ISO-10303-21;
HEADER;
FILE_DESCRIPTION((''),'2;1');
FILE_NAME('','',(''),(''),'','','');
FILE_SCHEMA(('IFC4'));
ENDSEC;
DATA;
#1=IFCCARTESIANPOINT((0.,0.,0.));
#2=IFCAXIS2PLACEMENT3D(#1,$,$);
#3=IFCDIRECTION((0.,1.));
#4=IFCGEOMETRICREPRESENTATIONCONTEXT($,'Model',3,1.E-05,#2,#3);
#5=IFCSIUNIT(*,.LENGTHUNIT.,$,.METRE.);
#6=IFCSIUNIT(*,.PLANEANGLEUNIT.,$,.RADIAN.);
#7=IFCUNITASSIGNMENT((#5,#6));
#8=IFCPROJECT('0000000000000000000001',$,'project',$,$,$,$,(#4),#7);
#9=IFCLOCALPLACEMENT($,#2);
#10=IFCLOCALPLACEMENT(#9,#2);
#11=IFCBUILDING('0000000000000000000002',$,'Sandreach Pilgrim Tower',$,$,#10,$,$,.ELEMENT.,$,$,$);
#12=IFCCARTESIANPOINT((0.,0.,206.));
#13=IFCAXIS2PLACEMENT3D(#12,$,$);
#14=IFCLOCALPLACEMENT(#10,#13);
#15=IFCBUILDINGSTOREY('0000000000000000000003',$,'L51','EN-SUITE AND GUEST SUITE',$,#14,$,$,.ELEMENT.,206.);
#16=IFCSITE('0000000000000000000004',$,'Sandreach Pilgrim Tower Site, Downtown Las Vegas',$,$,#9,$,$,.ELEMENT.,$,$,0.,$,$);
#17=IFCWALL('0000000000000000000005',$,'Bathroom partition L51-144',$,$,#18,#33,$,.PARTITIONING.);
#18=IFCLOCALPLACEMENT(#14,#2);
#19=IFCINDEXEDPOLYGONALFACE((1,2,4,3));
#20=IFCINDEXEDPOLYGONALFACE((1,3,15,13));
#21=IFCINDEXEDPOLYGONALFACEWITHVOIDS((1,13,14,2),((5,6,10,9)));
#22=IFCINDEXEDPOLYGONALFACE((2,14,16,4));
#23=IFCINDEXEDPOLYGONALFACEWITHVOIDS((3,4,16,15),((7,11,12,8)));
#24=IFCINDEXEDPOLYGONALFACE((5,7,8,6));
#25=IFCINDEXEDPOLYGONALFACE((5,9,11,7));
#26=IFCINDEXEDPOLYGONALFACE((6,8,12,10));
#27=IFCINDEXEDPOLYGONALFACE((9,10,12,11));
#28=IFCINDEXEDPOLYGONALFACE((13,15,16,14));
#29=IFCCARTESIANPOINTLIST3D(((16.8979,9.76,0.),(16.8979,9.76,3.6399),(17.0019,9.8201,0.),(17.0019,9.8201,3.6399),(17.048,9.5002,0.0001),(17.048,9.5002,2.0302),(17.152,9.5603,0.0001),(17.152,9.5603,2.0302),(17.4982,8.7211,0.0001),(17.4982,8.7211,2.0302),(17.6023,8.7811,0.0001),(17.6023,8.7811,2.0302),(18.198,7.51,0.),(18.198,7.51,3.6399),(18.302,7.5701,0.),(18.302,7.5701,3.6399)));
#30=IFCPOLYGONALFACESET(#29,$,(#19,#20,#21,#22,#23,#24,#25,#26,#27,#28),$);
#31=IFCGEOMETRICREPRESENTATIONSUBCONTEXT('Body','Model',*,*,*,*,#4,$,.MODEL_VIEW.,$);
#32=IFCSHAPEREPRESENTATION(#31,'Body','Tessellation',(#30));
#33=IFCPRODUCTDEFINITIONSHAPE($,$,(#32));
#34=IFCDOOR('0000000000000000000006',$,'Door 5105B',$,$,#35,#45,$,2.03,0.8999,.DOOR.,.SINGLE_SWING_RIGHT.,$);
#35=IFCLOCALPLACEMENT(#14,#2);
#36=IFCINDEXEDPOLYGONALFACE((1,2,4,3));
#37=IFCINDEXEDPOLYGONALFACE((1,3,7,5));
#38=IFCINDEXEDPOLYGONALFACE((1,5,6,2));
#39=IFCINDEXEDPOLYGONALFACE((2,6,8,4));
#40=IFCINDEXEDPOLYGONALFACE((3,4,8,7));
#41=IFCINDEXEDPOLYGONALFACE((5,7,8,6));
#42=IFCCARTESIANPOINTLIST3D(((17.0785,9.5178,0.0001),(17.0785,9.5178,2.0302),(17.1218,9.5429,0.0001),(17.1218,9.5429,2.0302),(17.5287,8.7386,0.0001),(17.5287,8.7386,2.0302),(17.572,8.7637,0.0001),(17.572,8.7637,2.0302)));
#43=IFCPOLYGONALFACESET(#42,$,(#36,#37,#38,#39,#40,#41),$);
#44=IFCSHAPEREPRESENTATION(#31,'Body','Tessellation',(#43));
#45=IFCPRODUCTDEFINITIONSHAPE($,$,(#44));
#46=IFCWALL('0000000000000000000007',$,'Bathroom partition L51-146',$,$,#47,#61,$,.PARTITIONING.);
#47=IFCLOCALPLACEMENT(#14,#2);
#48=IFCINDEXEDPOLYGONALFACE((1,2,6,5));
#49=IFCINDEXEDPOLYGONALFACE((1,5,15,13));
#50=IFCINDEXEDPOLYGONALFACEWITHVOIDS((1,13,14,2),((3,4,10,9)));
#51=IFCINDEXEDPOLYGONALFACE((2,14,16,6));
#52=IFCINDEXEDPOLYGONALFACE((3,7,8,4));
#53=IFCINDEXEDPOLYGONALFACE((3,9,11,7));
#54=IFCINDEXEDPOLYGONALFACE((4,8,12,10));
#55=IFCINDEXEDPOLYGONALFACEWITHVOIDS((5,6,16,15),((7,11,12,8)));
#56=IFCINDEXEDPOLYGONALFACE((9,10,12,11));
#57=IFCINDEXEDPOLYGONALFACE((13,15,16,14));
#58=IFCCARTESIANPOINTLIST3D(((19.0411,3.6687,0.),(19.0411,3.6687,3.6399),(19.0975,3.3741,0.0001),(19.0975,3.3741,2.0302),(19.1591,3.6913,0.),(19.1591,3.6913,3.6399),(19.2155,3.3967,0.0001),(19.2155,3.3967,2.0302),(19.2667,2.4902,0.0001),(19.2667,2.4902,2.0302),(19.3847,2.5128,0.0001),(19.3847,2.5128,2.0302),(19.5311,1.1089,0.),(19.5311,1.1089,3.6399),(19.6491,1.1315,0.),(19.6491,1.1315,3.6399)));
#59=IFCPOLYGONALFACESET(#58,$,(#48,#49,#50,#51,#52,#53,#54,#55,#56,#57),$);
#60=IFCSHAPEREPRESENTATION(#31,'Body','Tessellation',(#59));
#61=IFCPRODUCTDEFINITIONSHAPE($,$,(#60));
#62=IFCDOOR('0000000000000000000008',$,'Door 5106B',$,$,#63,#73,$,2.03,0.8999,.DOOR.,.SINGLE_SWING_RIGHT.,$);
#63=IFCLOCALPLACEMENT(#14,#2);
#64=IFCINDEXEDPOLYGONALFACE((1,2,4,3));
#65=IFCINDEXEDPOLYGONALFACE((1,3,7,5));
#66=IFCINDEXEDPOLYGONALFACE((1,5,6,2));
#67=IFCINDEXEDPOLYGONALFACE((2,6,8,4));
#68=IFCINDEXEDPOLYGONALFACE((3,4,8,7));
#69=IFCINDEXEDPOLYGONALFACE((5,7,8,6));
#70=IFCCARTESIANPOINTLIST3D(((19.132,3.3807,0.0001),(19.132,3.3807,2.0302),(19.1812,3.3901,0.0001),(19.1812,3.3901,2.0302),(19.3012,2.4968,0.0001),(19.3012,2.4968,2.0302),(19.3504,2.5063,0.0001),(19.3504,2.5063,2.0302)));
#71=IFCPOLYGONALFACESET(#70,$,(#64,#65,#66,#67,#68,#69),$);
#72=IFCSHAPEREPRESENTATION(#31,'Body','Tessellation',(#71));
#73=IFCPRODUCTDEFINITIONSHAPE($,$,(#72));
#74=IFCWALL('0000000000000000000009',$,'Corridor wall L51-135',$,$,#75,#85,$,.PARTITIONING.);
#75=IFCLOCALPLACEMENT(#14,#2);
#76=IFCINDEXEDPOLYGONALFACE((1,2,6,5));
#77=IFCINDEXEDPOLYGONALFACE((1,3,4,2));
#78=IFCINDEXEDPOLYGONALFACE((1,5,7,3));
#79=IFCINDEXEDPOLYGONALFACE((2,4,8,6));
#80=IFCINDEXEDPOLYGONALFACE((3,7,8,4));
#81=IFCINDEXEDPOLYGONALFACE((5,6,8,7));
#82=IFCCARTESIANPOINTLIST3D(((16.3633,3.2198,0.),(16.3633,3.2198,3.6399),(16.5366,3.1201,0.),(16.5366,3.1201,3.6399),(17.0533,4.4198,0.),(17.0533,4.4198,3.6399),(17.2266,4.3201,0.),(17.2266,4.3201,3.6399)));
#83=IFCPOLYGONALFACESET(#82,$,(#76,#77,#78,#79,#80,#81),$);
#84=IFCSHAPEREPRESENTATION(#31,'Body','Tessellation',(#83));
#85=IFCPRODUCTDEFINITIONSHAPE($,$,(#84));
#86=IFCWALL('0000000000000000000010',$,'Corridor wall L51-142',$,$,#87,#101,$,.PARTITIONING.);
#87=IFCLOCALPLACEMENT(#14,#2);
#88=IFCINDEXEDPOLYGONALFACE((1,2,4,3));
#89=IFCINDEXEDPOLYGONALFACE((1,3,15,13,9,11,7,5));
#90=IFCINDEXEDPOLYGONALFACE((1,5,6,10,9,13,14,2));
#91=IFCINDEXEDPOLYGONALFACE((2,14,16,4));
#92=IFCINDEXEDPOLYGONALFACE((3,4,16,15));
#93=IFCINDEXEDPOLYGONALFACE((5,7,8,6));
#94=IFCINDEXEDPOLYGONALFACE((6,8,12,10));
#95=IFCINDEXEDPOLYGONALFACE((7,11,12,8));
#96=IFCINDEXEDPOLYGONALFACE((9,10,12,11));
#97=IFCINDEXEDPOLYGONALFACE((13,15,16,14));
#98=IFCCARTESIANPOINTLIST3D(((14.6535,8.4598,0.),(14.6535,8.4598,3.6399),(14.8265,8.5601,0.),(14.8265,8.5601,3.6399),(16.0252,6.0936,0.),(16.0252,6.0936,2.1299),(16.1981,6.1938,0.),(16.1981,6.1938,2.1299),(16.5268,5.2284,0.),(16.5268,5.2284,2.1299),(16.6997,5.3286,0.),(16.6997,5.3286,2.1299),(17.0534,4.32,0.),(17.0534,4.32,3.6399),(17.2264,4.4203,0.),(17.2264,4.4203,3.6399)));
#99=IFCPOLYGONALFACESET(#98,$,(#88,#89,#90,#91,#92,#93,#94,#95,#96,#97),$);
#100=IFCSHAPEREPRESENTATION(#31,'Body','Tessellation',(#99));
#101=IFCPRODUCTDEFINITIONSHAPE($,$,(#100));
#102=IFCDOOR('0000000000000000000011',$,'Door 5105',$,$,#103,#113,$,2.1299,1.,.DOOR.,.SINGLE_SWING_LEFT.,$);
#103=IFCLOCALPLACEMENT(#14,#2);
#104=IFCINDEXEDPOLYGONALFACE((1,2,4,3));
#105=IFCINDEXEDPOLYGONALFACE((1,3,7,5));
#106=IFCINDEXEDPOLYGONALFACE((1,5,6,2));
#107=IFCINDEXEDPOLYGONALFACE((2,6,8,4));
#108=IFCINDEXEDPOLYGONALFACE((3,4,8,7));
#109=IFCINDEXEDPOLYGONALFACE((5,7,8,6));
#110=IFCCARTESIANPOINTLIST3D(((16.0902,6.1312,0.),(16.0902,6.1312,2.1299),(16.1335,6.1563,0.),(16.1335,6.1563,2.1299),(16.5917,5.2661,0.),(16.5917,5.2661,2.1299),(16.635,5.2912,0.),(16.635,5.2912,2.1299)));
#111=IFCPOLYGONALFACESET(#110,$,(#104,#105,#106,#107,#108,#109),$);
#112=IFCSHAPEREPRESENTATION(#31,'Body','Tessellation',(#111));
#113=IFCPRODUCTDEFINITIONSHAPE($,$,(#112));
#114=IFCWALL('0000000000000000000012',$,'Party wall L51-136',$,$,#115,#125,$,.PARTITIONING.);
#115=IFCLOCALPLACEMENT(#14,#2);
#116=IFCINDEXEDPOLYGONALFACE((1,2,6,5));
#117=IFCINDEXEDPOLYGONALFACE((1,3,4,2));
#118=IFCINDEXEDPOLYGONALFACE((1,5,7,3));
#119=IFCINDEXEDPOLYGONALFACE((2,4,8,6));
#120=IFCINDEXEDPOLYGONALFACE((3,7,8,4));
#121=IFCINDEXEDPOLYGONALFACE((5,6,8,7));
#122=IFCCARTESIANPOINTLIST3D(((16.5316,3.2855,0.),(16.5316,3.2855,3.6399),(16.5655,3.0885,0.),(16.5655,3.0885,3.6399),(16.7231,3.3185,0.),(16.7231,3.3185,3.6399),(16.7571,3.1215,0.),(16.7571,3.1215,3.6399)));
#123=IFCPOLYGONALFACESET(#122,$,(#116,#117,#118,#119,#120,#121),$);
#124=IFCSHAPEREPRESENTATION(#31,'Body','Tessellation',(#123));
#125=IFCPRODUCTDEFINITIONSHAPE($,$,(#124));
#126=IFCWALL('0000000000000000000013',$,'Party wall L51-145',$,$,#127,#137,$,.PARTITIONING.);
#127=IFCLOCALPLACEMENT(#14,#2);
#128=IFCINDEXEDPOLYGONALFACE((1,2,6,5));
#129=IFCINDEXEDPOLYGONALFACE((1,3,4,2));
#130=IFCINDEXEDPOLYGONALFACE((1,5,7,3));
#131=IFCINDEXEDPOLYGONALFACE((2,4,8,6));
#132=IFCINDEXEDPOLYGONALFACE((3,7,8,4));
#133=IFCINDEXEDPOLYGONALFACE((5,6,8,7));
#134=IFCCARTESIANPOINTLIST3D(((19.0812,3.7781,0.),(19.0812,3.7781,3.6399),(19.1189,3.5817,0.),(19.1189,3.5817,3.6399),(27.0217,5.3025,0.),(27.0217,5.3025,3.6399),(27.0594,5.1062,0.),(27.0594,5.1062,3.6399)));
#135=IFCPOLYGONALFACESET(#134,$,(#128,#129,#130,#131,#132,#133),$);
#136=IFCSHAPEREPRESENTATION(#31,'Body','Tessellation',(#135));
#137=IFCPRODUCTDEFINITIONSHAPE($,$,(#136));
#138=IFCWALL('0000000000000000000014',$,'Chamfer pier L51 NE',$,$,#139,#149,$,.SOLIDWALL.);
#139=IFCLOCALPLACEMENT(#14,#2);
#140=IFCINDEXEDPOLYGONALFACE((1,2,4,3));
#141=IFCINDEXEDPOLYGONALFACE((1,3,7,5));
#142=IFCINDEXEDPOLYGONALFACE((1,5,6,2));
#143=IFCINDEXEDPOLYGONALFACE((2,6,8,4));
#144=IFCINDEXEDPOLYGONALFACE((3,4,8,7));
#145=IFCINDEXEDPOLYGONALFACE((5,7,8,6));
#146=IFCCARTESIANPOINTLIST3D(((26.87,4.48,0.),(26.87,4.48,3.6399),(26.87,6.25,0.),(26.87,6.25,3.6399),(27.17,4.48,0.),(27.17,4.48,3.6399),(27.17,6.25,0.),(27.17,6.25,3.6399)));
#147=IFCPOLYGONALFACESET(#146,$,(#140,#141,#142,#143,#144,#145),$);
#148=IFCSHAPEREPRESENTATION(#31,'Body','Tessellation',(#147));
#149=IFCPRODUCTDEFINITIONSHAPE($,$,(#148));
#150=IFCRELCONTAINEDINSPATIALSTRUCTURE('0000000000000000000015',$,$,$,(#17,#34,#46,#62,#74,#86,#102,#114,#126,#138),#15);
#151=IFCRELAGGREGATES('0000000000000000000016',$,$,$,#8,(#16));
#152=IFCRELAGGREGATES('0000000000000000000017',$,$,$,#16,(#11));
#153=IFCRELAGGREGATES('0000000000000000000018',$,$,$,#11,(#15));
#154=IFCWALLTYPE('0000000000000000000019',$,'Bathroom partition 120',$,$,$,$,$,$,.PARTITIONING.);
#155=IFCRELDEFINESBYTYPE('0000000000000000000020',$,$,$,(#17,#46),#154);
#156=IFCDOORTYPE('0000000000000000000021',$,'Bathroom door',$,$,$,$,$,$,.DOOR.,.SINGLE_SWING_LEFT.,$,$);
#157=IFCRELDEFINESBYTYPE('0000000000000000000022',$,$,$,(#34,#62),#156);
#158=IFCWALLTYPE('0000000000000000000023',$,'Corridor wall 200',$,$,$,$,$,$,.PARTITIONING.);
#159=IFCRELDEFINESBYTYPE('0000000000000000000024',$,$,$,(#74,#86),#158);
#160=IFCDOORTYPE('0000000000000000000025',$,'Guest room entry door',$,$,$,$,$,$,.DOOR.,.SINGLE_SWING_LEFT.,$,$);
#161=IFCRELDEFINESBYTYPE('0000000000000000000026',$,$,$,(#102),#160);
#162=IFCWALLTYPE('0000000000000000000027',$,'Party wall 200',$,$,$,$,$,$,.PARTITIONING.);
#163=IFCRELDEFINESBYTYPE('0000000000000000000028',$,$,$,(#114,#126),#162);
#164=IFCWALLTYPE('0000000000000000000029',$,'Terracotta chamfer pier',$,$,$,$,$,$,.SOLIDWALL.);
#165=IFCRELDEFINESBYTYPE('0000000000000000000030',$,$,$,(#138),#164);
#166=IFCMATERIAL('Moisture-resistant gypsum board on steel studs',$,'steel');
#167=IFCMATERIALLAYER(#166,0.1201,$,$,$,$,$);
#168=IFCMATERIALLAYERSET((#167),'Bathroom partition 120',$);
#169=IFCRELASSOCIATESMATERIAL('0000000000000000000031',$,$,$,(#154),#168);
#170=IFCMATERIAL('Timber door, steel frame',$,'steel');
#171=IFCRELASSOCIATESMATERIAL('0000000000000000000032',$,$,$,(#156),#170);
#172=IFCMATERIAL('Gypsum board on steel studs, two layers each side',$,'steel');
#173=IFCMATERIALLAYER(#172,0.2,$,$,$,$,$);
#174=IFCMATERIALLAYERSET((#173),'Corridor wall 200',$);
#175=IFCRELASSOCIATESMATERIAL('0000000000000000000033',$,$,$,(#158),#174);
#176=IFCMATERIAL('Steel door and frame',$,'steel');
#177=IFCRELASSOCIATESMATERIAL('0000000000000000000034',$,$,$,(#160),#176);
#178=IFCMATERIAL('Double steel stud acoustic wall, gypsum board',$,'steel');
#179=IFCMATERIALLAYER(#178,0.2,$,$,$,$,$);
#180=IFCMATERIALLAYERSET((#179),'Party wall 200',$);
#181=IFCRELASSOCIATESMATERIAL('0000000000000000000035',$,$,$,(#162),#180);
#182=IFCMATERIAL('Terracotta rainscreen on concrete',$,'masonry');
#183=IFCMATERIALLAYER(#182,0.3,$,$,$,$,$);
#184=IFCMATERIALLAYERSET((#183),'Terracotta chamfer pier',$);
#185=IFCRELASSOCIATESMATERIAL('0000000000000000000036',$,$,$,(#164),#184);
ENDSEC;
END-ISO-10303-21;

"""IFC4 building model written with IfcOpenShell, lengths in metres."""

from ifc_helpers import new_model, si_unit, direction, frame, frame_2d, origin, place, context, subcontext, project, spatial, rectangle, extrude, material, layer, layer_set, type_object, element, fill, save


model = new_model("IFC4")

# Units and contexts
model_context = context("Model", 3, precision=1e-05, world=origin(), true_north=direction((0.0, 1.0)))
body_context = subcontext(model_context, "Body", "Model", "MODEL_VIEW")
ifc_project = project(units=[si_unit("LENGTHUNIT", "METRE"), si_unit("PLANEANGLEUNIT", "RADIAN")], contexts=[model_context])

# Site, building, storey
site_placement = place(None, origin())
site = spatial("IfcSite", under=ifc_project, at=site_placement, Name="Sandreach Pilgrim Tower Site, Downtown Las Vegas", CompositionType="ELEMENT", RefElevation=0.0)
building_placement = place(site_placement, origin())
building = spatial("IfcBuilding", under=site, at=building_placement, Name="Sandreach Pilgrim Tower", CompositionType="ELEMENT")
storey_placement = place(building_placement, frame((0.0, 0.0, 206.0)))
storey = spatial("IfcBuildingStorey", under=building, at=storey_placement, Name="L51", Description="EN-SUITE AND GUEST SUITE", CompositionType="ELEMENT", Elevation=206.0)

# Shared definitions
ifc_material_1 = material(Name="Moisture-resistant gypsum board on steel studs", Category="steel")
ifc_layer_1 = layer(ifc_material_1, 0.1201)
ifc_layer_set_1 = layer_set([ifc_layer_1], Name="Bathroom partition 120")
wall_type_1 = type_object("IfcWallType", Name="Bathroom partition 120", PredefinedType="PARTITIONING", material=ifc_layer_set_1)

# Walls, openings, doors
wall_1_placement = place(storey_placement, frame((18.25, 7.54, 0.0), z_axis=(0.0, 0.0, 1.0), x_axis=(-0.500292, 0.865857, 0.0)))
wall_1 = element("IfcWall", 1, at=wall_1_placement, inside=storey, type_object=wall_type_1, Name="Bathroom partition L51-144", PredefinedType="PARTITIONING", context=body_context, shape_type="SweptSolid", body=[
    extrude(rectangle(XDim=2.5986, YDim=0.1201, at=frame_2d((1.2993, 0.0))), origin(), (0.0, 0.0, 1.0), 3.6399),
])
opening_1_placement = place(wall_1_placement, frame((1.3987, 0.0, 0.0)))
opening_1 = element("IfcOpeningElement", 2, at=opening_1_placement, cuts=wall_1, PredefinedType="OPENING", context=body_context, shape_type="SweptSolid", body=[
    extrude(rectangle(XDim=0.8999, YDim=2.03, at=frame_2d((0.45, 1.0151))), frame((0.0, 0.0601, 0.0), z_axis=(0.0, -1.0, 0.0), x_axis=(1.0, 0.0, 0.0)), (0.0, 0.0, 1.0), 0.1201),
])
ifc_material_2 = material(Name="Timber door, steel frame", Category="steel")
door_type_1 = type_object("IfcDoorType", Name="Bathroom door", OperationType="SINGLE_SWING_LEFT", PredefinedType="DOOR", material=ifc_material_2)
door_1_placement = place(opening_1_placement, origin())
door_1 = element("IfcDoor", 3, at=door_1_placement, inside=storey, type_object=door_type_1, Name="Door 5105B", OperationType="SINGLE_SWING_RIGHT", OverallHeight=2.03, OverallWidth=0.8999, PredefinedType="DOOR", context=body_context, shape_type="SweptSolid", body=[
    extrude(rectangle(XDim=0.8999, YDim=2.03, at=frame_2d((0.45, 1.0151))), frame((0.0, 0.0249, 0.0), z_axis=(0.0, -1.0, 0.0), x_axis=(1.0, 0.0, 0.0)), (0.0, 0.0, 1.0), 0.05),
])
fill(opening_1, door_1)
wall_2_placement = place(storey_placement, frame((19.5901, 1.1201, 0.0), z_axis=(0.0, 0.0, 1.0), x_axis=(-0.188003, 0.982168, 0.0)))
wall_2 = element("IfcWall", 4, at=wall_2_placement, inside=storey, type_object=wall_type_1, Name="Bathroom partition L51-146", PredefinedType="PARTITIONING", context=body_context, shape_type="SweptSolid", body=[
    extrude(rectangle(XDim=2.6062, YDim=0.1201, at=frame_2d((1.3032, 0.0))), origin(), (0.0, 0.0, 1.0), 3.6399),
])
opening_2_placement = place(wall_2_placement, frame((1.4065, 0.0, 0.0)))
opening_2 = element("IfcOpeningElement", 5, at=opening_2_placement, cuts=wall_2, PredefinedType="OPENING", context=body_context, shape_type="SweptSolid", body=[
    extrude(rectangle(XDim=0.8999, YDim=2.03, at=frame_2d((0.45, 1.0151))), frame((0.0, 0.0601, 0.0), z_axis=(0.0, -1.0, 0.0), x_axis=(1.0, 0.0, 0.0)), (0.0, 0.0, 1.0), 0.1201),
])
door_2_placement = place(opening_2_placement, origin())
door_2 = element("IfcDoor", 6, at=door_2_placement, inside=storey, type_object=door_type_1, Name="Door 5106B", OperationType="SINGLE_SWING_RIGHT", OverallHeight=2.03, OverallWidth=0.8999, PredefinedType="DOOR", context=body_context, shape_type="SweptSolid", body=[
    extrude(rectangle(XDim=0.8999, YDim=2.03, at=frame_2d((0.45, 1.0151))), frame((0.0, 0.0249, 0.0), z_axis=(0.0, -1.0, 0.0), x_axis=(1.0, 0.0, 0.0)), (0.0, 0.0, 1.0), 0.05),
])
fill(opening_2, door_2)
ifc_material_3 = material(Name="Gypsum board on steel studs, two layers each side", Category="steel")
ifc_layer_2 = layer(ifc_material_3, 0.2)
ifc_layer_set_2 = layer_set([ifc_layer_2], Name="Corridor wall 200")
wall_type_2 = type_object("IfcWallType", Name="Corridor wall 200", PredefinedType="PARTITIONING", material=ifc_layer_set_2)
ifc_material_4 = material(Name="Steel door and frame", Category="steel")
door_type_2 = type_object("IfcDoorType", Name="Guest room entry door", OperationType="SINGLE_SWING_LEFT", PredefinedType="DOOR", material=ifc_material_4)

# Wall
wall_3_placement = place(storey_placement, frame((16.45, 3.1699, 0.0), z_axis=(0.0, 0.0, 1.0), x_axis=(0.498455, 0.866916, 0.0)))
element("IfcWall", 7, at=wall_3_placement, inside=storey, type_object=wall_type_2, Name="Corridor wall L51-135", PredefinedType="PARTITIONING", context=body_context, shape_type="SweptSolid", body=[
    extrude(rectangle(XDim=1.3843, YDim=0.2, at=frame_2d((0.6921, 0.0))), origin(), (0.0, 0.0, 1.0), 3.6399),
])

# Wall, opening, door
wall_4_placement = place(storey_placement, frame((17.1399, 4.3701, 0.0), z_axis=(0.0, 0.0, 1.0), x_axis=(-0.501525, 0.865143, 0.0)))
wall_4 = element("IfcWall", 8, at=wall_4_placement, inside=storey, type_object=wall_type_2, Name="Corridor wall L51-142", PredefinedType="PARTITIONING", context=body_context, shape_type="SweptSolid", body=[
    extrude(rectangle(XDim=4.7852, YDim=0.2, at=frame_2d((2.3926, 0.0))), origin(), (0.0, 0.0, 1.0), 3.6399),
])
opening_3_placement = place(wall_4_placement, frame((1.05, 0.0, 0.0)))
opening_3 = element("IfcOpeningElement", 9, at=opening_3_placement, cuts=wall_4, PredefinedType="OPENING", context=body_context, shape_type="SweptSolid", body=[
    extrude(rectangle(XDim=1.0, YDim=2.1299, at=frame_2d((0.5, 1.0649))), frame((0.0, 0.1001, 0.0), z_axis=(0.0, -1.0, 0.0), x_axis=(1.0, 0.0, 0.0)), (0.0, 0.0, 1.0), 0.2),
])
door_3_placement = place(opening_3_placement, origin())
door_3 = element("IfcDoor", 10, at=door_3_placement, inside=storey, type_object=door_type_2, Name="Door 5105", OperationType="SINGLE_SWING_LEFT", OverallHeight=2.1299, OverallWidth=1.0, PredefinedType="DOOR", context=body_context, shape_type="SweptSolid", body=[
    extrude(rectangle(XDim=1.0, YDim=2.1299, at=frame_2d((0.5, 1.0649))), frame((0.0, 0.0249, 0.0), z_axis=(0.0, -1.0, 0.0), x_axis=(1.0, 0.0, 0.0)), (0.0, 0.0, 1.0), 0.05),
])
fill(opening_3, door_3)

# Walls
ifc_material_5 = material(Name="Double steel stud acoustic wall, gypsum board", Category="steel")
ifc_layer_3 = layer(ifc_material_5, 0.2)
ifc_layer_set_3 = layer_set([ifc_layer_3], Name="Party wall 200")
wall_type_3 = type_object("IfcWallType", Name="Party wall 200", PredefinedType="PARTITIONING", material=ifc_layer_set_3)
wall_5_placement = place(storey_placement, frame((16.5486, 3.187, 0.0), z_axis=(0.0, 0.0, 1.0), x_axis=(0.985496, 0.169696, 0.0)))
element("IfcWall", 11, at=wall_5_placement, inside=storey, type_object=wall_type_3, Name="Party wall L51-136", PredefinedType="PARTITIONING", context=body_context, shape_type="SweptSolid", body=[
    extrude(rectangle(XDim=0.1943, YDim=0.2, at=frame_2d((0.0972, 0.0))), origin(), (0.0, 0.0, 1.0), 3.6399),
])
wall_6_placement = place(storey_placement, frame((19.1001, 3.6799, 0.0), z_axis=(0.0, 0.0, 1.0), x_axis=(0.982066, 0.188538, 0.0)))
element("IfcWall", 12, at=wall_6_placement, inside=storey, type_object=wall_type_3, Name="Party wall L51-145", PredefinedType="PARTITIONING", context=body_context, shape_type="SweptSolid", body=[
    extrude(rectangle(XDim=8.0854, YDim=0.2, at=frame_2d((4.0427, 0.0))), origin(), (0.0, 0.0, 1.0), 3.6399),
])
ifc_material_6 = material(Name="Terracotta rainscreen on concrete", Category="masonry")
ifc_layer_4 = layer(ifc_material_6, 0.3)
ifc_layer_set_4 = layer_set([ifc_layer_4], Name="Terracotta chamfer pier")
wall_type_4 = type_object("IfcWallType", Name="Terracotta chamfer pier", PredefinedType="SOLIDWALL", material=ifc_layer_set_4)
wall_7_placement = place(storey_placement, frame((27.02, 6.25, 0.0), z_axis=(0.0, 0.0, 1.0), x_axis=(0.0, -1.0, 0.0)))
element("IfcWall", 13, at=wall_7_placement, inside=storey, type_object=wall_type_4, Name="Chamfer pier L51 NE", PredefinedType="SOLIDWALL", context=body_context, shape_type="SweptSolid", body=[
    extrude(rectangle(XDim=1.77, YDim=0.3, at=frame_2d((0.885, 0.0))), origin(), (0.0, 0.0, 1.0), 3.6399),
])

save(model, "model.ifc")
